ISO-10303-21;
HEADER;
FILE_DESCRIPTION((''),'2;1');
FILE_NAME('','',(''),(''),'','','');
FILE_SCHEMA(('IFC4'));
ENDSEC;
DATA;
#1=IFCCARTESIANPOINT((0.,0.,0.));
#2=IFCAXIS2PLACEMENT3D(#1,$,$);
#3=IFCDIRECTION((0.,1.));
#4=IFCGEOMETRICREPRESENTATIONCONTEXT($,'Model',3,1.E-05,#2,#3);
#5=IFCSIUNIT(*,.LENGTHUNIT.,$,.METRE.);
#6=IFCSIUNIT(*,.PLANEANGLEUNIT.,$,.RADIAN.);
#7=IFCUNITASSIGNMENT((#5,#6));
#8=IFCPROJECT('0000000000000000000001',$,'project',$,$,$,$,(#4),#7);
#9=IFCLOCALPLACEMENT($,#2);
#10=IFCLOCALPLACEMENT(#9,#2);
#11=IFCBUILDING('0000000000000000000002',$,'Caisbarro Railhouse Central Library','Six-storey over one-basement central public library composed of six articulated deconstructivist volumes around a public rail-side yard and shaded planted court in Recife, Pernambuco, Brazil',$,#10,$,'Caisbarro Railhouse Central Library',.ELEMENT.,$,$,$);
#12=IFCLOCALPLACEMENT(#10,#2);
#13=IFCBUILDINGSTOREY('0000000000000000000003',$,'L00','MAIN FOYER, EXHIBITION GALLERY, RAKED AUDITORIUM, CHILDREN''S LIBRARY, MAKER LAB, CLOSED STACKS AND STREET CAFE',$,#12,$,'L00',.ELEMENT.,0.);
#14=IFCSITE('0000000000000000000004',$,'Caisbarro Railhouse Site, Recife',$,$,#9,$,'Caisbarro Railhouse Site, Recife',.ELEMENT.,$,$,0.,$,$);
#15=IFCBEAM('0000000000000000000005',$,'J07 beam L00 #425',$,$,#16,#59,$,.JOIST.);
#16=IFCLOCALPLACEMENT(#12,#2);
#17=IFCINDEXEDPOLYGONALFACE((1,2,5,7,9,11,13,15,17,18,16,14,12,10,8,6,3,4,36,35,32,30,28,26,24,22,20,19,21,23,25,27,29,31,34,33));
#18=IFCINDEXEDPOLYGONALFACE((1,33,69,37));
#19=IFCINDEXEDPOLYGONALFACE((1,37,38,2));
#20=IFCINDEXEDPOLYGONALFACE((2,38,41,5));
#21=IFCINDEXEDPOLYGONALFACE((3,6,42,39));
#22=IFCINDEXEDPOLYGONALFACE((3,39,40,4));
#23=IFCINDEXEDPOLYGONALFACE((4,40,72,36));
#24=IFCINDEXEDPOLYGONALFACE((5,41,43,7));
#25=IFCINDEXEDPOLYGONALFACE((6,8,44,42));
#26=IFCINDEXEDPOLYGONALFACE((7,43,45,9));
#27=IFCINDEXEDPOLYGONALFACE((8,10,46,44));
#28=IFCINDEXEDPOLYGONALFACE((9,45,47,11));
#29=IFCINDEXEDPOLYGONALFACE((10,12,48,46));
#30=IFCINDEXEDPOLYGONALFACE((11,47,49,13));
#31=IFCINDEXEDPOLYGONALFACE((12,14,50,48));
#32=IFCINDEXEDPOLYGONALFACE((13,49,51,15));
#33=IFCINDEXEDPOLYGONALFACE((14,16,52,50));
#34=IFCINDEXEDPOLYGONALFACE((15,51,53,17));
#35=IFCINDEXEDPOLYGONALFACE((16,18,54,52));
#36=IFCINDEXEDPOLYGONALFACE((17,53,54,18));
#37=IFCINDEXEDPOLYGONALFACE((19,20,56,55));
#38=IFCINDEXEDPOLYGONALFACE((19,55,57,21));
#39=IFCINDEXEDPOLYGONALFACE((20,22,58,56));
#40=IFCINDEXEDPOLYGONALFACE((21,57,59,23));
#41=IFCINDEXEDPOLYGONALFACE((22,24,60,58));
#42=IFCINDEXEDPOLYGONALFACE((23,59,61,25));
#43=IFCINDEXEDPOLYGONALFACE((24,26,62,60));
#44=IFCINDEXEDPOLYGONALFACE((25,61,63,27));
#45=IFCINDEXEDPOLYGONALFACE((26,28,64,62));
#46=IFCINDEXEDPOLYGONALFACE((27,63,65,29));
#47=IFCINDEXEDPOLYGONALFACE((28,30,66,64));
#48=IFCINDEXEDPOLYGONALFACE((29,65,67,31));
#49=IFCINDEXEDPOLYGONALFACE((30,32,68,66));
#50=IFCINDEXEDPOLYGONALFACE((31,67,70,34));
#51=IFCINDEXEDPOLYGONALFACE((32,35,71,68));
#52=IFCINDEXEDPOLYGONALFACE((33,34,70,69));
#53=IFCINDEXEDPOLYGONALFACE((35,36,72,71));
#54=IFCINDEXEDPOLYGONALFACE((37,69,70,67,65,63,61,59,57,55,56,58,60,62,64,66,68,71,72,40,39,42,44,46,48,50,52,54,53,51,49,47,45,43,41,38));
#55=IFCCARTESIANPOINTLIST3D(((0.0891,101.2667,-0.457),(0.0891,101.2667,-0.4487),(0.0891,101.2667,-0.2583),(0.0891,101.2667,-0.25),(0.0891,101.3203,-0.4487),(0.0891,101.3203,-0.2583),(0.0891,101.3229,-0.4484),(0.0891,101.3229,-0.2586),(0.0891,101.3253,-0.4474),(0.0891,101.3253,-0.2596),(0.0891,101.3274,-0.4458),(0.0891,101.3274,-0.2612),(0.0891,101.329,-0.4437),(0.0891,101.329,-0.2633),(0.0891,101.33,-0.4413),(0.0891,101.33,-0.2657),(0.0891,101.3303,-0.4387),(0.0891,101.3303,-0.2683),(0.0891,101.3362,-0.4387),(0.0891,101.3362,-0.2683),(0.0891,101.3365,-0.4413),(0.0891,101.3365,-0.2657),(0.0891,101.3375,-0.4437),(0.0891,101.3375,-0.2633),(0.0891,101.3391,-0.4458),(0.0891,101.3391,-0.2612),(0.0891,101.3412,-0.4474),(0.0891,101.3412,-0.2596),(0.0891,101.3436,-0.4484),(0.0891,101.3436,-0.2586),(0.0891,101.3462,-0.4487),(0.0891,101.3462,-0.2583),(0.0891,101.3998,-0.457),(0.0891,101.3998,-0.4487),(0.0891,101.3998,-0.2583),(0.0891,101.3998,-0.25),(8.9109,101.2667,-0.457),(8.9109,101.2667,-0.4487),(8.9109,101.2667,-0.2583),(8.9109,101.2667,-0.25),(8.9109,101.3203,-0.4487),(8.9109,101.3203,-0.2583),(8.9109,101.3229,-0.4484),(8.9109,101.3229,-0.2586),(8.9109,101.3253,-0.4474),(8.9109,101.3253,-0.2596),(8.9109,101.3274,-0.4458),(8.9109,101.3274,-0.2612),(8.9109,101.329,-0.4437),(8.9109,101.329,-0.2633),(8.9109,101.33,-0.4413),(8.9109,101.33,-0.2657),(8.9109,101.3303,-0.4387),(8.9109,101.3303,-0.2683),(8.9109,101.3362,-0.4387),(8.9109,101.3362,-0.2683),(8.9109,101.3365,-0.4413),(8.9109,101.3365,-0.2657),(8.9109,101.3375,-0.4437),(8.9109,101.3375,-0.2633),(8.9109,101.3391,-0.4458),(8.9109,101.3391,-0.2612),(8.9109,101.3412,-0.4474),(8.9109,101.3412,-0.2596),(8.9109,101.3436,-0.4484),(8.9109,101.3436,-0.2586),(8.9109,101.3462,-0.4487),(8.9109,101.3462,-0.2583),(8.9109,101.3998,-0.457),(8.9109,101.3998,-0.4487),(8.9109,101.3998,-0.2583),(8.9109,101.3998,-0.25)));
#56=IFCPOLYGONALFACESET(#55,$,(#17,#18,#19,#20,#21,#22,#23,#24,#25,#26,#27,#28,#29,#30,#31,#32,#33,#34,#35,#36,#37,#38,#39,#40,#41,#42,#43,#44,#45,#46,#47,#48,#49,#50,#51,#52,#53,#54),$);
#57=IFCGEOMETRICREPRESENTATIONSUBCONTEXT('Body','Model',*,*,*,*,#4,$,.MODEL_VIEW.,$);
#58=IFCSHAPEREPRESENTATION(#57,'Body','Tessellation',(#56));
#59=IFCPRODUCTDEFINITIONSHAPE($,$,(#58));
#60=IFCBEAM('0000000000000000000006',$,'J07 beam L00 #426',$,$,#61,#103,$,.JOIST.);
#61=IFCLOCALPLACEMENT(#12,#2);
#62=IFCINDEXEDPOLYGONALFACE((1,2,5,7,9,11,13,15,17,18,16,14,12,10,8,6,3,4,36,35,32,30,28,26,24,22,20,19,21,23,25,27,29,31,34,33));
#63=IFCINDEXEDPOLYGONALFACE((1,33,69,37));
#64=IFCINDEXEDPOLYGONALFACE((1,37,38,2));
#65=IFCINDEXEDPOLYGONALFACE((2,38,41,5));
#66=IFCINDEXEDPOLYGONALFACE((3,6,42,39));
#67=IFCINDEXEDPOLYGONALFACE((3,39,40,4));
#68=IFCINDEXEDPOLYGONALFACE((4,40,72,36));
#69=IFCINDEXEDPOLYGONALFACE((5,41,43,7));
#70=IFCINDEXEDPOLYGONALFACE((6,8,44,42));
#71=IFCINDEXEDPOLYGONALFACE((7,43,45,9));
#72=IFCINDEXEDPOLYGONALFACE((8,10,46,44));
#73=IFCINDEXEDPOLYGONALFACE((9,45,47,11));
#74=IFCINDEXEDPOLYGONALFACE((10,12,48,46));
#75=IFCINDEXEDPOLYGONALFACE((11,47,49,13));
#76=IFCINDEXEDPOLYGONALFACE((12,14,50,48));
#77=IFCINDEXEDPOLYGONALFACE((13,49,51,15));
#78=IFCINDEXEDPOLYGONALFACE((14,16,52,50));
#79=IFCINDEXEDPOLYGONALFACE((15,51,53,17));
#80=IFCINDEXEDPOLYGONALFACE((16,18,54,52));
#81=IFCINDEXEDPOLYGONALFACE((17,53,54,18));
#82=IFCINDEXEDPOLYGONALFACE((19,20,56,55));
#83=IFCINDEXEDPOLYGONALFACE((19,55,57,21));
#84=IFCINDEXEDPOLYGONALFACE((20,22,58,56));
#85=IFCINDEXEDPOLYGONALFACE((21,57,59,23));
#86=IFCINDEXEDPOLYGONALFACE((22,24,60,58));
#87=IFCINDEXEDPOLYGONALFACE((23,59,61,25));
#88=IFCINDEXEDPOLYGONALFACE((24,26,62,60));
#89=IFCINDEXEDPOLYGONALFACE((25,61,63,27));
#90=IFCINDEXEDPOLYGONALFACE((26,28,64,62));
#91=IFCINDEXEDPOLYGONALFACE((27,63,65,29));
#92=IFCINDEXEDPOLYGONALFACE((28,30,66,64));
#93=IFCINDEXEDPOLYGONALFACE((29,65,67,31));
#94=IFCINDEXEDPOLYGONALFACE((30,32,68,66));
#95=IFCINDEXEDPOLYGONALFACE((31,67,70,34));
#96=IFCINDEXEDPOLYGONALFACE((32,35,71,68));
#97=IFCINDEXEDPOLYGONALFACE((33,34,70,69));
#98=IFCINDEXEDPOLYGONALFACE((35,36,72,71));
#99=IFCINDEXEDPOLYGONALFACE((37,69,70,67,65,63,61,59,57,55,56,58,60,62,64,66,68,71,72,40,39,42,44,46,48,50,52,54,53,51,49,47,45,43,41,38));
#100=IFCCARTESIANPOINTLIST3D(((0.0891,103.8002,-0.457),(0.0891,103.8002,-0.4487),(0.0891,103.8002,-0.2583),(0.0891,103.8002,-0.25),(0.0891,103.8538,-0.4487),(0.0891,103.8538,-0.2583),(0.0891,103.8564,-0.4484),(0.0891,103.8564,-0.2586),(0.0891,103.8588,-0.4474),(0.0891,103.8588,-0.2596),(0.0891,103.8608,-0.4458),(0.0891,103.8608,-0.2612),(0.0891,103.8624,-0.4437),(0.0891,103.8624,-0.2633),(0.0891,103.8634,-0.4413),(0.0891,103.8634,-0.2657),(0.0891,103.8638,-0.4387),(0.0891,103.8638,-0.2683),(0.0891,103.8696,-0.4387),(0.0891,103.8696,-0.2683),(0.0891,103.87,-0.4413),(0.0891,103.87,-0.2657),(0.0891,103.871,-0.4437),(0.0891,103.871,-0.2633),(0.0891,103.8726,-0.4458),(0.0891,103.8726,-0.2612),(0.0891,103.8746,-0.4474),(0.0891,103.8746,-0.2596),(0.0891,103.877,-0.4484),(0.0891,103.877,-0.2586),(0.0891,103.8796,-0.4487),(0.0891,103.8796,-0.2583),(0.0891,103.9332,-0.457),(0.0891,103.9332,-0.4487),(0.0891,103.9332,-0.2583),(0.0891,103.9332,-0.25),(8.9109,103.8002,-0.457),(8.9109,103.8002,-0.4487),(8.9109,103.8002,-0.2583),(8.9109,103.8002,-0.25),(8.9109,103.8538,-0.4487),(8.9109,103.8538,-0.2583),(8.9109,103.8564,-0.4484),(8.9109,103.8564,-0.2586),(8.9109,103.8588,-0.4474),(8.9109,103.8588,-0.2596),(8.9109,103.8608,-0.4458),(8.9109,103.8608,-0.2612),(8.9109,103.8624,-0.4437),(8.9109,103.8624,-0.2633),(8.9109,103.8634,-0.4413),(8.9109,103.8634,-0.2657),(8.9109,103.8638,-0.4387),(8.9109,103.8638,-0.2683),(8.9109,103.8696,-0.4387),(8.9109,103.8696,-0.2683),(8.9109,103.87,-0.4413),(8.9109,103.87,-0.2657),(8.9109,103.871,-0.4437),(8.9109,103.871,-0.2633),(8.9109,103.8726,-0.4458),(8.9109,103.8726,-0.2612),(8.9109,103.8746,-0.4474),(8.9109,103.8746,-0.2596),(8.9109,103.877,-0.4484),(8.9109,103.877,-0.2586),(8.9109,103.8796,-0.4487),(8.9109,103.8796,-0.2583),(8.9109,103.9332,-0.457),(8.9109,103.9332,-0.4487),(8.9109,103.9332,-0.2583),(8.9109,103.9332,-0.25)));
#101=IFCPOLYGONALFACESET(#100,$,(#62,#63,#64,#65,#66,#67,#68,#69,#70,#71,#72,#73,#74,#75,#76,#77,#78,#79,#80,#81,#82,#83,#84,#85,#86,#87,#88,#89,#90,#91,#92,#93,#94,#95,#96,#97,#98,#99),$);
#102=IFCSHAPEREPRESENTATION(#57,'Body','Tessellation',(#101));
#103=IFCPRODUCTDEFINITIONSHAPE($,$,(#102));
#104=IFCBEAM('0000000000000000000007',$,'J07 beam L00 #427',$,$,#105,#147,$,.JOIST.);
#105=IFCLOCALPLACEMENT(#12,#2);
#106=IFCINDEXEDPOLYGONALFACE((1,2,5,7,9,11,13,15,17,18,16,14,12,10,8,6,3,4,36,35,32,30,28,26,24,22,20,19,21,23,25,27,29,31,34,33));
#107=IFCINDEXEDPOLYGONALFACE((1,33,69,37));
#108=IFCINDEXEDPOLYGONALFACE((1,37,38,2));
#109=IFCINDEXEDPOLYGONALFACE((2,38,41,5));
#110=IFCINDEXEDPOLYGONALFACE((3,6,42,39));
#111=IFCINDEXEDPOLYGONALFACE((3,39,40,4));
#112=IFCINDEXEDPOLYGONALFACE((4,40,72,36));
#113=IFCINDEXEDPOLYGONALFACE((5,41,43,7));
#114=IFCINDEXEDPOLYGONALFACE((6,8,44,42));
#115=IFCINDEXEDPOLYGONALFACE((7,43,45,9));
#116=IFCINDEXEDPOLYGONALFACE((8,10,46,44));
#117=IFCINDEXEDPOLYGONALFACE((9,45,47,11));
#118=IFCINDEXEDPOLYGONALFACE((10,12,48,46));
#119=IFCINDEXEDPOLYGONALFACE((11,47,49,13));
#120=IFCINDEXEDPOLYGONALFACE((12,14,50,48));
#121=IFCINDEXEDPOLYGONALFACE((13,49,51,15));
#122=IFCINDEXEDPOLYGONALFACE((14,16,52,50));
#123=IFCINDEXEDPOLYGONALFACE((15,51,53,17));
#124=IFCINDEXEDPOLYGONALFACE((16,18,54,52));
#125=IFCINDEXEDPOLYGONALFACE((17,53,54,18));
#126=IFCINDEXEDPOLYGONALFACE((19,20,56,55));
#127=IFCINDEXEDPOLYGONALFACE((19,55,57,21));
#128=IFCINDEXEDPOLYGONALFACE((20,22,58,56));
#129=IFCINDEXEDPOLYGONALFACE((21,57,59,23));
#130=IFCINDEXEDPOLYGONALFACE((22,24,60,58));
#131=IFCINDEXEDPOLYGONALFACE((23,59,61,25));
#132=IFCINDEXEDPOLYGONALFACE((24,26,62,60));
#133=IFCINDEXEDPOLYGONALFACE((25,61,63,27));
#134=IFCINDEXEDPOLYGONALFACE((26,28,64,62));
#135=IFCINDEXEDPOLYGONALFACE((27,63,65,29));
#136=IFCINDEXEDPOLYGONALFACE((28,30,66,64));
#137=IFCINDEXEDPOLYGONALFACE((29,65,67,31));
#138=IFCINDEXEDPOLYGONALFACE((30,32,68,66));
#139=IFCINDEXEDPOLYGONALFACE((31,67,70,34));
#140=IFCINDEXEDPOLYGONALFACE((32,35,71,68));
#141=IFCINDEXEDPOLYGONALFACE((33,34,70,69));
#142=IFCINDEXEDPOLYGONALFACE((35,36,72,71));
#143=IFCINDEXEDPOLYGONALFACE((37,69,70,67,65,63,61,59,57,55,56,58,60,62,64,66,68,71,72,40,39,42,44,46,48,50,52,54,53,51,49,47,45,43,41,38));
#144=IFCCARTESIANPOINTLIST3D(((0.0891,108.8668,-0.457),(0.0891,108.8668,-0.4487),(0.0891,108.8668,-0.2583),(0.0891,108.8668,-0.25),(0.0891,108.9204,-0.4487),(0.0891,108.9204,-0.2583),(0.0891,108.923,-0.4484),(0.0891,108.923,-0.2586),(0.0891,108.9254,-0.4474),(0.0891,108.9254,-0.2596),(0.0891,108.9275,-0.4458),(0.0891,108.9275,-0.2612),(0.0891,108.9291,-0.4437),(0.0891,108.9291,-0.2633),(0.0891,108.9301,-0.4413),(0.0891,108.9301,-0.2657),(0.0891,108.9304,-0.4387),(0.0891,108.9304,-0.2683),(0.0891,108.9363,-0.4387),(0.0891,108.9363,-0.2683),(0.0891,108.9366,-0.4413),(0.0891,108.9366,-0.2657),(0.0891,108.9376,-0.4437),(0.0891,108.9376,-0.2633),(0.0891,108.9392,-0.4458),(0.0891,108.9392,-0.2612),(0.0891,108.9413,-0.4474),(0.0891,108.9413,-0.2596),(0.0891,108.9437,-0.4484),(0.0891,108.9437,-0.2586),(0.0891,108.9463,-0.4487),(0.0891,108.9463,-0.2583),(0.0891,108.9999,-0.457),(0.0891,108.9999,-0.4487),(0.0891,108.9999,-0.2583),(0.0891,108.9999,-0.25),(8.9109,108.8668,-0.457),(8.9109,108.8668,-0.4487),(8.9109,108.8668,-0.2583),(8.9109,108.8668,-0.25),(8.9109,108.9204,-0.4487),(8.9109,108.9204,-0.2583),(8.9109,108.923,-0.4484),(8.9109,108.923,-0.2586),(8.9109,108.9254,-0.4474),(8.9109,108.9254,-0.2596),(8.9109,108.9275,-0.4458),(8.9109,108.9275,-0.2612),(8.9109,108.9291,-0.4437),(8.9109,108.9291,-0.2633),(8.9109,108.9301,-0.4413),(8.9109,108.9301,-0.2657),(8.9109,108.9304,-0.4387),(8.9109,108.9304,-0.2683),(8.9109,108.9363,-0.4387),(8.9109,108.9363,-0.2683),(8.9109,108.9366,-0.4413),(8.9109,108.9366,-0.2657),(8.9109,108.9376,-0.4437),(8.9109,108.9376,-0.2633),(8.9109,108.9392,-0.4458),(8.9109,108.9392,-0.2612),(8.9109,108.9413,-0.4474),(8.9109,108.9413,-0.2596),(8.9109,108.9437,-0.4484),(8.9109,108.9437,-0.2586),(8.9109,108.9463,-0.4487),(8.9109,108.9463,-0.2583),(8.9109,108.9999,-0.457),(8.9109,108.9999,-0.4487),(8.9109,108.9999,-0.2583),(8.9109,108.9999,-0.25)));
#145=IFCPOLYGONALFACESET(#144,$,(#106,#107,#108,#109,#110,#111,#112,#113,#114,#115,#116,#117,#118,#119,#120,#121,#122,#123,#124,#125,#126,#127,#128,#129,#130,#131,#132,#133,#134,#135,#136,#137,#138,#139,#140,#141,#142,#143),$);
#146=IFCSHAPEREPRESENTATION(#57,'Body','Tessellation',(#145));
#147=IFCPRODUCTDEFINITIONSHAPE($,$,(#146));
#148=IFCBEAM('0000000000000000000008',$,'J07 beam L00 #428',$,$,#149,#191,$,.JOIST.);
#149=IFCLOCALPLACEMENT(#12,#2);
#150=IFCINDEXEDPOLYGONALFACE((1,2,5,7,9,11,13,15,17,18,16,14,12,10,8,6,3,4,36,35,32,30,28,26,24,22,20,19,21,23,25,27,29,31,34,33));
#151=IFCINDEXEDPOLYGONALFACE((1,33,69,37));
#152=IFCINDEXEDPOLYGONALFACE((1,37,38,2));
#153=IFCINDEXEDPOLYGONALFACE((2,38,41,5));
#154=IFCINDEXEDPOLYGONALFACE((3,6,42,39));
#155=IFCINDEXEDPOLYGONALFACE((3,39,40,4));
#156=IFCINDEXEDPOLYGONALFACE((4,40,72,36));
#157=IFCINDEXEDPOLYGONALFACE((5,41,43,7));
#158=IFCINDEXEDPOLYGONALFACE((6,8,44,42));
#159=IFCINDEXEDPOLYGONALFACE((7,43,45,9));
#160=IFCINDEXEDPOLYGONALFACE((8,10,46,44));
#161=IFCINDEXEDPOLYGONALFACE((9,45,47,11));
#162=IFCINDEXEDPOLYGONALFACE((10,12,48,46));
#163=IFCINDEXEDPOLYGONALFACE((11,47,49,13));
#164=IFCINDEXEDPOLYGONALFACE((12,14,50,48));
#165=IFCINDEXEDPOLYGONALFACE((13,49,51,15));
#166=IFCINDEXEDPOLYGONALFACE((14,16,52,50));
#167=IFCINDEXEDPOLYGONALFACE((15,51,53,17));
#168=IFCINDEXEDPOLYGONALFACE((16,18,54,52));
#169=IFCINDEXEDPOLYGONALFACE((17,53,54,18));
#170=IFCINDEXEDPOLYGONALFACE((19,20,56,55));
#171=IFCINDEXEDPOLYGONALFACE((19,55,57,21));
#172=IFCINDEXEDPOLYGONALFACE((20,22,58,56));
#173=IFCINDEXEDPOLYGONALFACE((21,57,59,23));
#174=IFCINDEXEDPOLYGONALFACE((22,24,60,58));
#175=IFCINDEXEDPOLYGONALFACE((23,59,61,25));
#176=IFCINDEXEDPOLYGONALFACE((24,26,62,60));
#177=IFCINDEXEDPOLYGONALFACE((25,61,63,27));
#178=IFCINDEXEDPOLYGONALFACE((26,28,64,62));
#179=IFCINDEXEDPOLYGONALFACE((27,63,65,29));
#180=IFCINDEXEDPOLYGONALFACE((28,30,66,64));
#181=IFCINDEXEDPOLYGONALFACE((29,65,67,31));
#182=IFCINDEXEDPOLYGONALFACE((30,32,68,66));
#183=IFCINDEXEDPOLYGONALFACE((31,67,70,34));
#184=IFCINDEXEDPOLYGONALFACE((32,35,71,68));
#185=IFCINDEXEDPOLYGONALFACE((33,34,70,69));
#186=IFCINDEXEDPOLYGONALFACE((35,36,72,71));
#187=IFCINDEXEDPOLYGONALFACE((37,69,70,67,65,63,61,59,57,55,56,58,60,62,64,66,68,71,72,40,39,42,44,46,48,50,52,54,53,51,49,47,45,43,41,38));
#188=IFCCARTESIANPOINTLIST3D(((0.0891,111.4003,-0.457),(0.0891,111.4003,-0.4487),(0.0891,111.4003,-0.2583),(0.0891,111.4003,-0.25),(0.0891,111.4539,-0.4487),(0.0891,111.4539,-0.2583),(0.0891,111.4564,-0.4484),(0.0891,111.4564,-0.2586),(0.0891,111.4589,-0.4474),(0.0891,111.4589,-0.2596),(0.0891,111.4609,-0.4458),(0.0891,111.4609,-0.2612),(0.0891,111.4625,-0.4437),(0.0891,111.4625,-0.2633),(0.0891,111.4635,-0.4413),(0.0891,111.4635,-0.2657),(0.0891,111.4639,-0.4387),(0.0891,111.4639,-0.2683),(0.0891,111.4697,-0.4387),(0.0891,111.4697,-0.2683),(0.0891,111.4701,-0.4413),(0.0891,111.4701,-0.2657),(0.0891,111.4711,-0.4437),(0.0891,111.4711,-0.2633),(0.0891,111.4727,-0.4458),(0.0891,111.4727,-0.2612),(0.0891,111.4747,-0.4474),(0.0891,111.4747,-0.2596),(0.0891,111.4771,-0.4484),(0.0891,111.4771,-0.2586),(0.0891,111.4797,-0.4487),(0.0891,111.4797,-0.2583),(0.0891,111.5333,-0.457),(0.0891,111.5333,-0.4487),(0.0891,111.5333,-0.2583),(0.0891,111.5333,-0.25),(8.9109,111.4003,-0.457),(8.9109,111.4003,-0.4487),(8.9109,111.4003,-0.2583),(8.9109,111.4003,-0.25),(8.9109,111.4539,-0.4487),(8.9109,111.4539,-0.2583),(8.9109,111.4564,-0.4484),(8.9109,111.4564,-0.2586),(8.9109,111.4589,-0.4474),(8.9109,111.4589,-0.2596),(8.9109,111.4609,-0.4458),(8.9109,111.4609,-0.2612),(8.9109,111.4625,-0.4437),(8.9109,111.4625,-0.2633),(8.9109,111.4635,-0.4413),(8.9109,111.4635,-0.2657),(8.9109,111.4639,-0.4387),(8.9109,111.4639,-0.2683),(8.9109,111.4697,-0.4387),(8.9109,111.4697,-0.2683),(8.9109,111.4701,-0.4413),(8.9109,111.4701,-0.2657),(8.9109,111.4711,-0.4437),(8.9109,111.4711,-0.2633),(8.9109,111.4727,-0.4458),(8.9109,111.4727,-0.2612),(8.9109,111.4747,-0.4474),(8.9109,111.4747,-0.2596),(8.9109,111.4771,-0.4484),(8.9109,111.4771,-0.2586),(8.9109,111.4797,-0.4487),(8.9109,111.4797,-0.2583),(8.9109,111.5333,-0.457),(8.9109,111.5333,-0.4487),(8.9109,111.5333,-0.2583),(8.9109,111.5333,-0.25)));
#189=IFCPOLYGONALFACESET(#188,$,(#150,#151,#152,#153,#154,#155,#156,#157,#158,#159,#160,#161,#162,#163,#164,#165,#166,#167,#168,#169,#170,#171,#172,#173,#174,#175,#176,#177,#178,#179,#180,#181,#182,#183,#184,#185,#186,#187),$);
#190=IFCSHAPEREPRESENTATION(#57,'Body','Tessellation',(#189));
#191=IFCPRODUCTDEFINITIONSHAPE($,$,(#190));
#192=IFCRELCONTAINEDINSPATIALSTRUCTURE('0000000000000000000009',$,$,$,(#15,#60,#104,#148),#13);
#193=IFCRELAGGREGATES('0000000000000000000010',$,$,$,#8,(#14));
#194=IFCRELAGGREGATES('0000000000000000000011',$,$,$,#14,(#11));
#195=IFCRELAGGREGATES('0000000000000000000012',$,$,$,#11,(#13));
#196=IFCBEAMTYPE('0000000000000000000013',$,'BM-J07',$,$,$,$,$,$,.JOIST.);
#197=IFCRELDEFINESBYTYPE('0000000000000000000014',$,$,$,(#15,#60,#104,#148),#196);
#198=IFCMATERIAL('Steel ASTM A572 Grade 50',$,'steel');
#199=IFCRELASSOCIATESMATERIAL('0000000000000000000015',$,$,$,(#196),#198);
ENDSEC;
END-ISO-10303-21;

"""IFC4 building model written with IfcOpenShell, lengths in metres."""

from ifc_helpers import new_model, si_unit, direction, frame, origin, origin_2d, place, context, subcontext, project, spatial, i_section, extrude, material, material_profile, profile_set, type_object, element, save


model = new_model("IFC4")

# Units and contexts
model_context = context("Model", 3, precision=1e-05, world=origin(), true_north=direction((0.0, 1.0)))
body_context = subcontext(model_context, "Body", "Model", "MODEL_VIEW")
ifc_project = project(units=[si_unit("LENGTHUNIT", "METRE"), si_unit("PLANEANGLEUNIT", "RADIAN")], contexts=[model_context])

# Site, building, storey
site_placement = place(None, origin())
site = spatial("IfcSite", under=ifc_project, at=site_placement, Name="Caisbarro Railhouse Site, Recife", LongName="Caisbarro Railhouse Site, Recife", CompositionType="ELEMENT", RefElevation=0.0)
building_placement = place(site_placement, origin())
building = spatial("IfcBuilding", under=site, at=building_placement, Name="Caisbarro Railhouse Central Library", Description="Six-storey over one-basement central public library composed of six articulated deconstructivist volumes around a public rail-side yard and shaded planted court in Recife, Pernambuco, Brazil", LongName="Caisbarro Railhouse Central Library", CompositionType="ELEMENT")
storey_placement = place(building_placement, origin())
storey = spatial("IfcBuildingStorey", under=building, at=storey_placement, Name="L00", Description="MAIN FOYER, EXHIBITION GALLERY, RAKED AUDITORIUM, CHILDREN'S LIBRARY, MAKER LAB, CLOSED STACKS AND STREET CAFE", LongName="L00", CompositionType="ELEMENT", Elevation=0.0)

# Shared definitions
ifc_material_1 = material(Name="Steel ASTM A572 Grade 50", Category="steel")

# Beams
ifc_material_profile_1 = material_profile(ifc_material_1, i_section(OverallWidth=0.1331, OverallDepth=0.207, WebThickness=0.0059, FlangeThickness=0.0083, FilletRadius=0.01, at=origin_2d()), Name="W200X26.6")
ifc_profile_set_1 = profile_set([ifc_material_profile_1], Name="Steel ASTM A572 Grade 50")
beam_type_1 = type_object("IfcBeamType", Name="BM-J07", PredefinedType="JOIST", material=ifc_profile_set_1)
for number, where, z_axis, x_axis, name in (
    (1, (0.0891, 101.3333, -0.3535), (1.0, 0.0, 0.0), (0.0, 1.0, 0.0), "J07 beam L00 #425"),
    (2, (0.0891, 103.8667, -0.3535), (1.0, 0.0, 0.0), (0.0, 1.0, 0.0), "J07 beam L00 #426"),
    (3, (0.0891, 108.9333, -0.3535), (1.0, 0.0, 0.0), (0.0, 1.0, 0.0), "J07 beam L00 #427"),
    (4, (0.0891, 111.4668, -0.3535), (1.0, 0.0, 0.0), (0.0, 1.0, 0.0), "J07 beam L00 #428"),
):
    element("IfcBeam", number, at=place(storey_placement, frame(where, z_axis=z_axis, x_axis=x_axis)), inside=storey, type_object=beam_type_1, Name=name, PredefinedType="JOIST", context=body_context, shape_type="SweptSolid", body=[
        extrude(i_section(OverallWidth=0.1331, OverallDepth=0.207, WebThickness=0.0059, FlangeThickness=0.0083, FilletRadius=0.01, at=origin_2d()), origin(), (0.0, 0.0, 1.0), 8.8218),
    ])

save(model, "model.ifc")
